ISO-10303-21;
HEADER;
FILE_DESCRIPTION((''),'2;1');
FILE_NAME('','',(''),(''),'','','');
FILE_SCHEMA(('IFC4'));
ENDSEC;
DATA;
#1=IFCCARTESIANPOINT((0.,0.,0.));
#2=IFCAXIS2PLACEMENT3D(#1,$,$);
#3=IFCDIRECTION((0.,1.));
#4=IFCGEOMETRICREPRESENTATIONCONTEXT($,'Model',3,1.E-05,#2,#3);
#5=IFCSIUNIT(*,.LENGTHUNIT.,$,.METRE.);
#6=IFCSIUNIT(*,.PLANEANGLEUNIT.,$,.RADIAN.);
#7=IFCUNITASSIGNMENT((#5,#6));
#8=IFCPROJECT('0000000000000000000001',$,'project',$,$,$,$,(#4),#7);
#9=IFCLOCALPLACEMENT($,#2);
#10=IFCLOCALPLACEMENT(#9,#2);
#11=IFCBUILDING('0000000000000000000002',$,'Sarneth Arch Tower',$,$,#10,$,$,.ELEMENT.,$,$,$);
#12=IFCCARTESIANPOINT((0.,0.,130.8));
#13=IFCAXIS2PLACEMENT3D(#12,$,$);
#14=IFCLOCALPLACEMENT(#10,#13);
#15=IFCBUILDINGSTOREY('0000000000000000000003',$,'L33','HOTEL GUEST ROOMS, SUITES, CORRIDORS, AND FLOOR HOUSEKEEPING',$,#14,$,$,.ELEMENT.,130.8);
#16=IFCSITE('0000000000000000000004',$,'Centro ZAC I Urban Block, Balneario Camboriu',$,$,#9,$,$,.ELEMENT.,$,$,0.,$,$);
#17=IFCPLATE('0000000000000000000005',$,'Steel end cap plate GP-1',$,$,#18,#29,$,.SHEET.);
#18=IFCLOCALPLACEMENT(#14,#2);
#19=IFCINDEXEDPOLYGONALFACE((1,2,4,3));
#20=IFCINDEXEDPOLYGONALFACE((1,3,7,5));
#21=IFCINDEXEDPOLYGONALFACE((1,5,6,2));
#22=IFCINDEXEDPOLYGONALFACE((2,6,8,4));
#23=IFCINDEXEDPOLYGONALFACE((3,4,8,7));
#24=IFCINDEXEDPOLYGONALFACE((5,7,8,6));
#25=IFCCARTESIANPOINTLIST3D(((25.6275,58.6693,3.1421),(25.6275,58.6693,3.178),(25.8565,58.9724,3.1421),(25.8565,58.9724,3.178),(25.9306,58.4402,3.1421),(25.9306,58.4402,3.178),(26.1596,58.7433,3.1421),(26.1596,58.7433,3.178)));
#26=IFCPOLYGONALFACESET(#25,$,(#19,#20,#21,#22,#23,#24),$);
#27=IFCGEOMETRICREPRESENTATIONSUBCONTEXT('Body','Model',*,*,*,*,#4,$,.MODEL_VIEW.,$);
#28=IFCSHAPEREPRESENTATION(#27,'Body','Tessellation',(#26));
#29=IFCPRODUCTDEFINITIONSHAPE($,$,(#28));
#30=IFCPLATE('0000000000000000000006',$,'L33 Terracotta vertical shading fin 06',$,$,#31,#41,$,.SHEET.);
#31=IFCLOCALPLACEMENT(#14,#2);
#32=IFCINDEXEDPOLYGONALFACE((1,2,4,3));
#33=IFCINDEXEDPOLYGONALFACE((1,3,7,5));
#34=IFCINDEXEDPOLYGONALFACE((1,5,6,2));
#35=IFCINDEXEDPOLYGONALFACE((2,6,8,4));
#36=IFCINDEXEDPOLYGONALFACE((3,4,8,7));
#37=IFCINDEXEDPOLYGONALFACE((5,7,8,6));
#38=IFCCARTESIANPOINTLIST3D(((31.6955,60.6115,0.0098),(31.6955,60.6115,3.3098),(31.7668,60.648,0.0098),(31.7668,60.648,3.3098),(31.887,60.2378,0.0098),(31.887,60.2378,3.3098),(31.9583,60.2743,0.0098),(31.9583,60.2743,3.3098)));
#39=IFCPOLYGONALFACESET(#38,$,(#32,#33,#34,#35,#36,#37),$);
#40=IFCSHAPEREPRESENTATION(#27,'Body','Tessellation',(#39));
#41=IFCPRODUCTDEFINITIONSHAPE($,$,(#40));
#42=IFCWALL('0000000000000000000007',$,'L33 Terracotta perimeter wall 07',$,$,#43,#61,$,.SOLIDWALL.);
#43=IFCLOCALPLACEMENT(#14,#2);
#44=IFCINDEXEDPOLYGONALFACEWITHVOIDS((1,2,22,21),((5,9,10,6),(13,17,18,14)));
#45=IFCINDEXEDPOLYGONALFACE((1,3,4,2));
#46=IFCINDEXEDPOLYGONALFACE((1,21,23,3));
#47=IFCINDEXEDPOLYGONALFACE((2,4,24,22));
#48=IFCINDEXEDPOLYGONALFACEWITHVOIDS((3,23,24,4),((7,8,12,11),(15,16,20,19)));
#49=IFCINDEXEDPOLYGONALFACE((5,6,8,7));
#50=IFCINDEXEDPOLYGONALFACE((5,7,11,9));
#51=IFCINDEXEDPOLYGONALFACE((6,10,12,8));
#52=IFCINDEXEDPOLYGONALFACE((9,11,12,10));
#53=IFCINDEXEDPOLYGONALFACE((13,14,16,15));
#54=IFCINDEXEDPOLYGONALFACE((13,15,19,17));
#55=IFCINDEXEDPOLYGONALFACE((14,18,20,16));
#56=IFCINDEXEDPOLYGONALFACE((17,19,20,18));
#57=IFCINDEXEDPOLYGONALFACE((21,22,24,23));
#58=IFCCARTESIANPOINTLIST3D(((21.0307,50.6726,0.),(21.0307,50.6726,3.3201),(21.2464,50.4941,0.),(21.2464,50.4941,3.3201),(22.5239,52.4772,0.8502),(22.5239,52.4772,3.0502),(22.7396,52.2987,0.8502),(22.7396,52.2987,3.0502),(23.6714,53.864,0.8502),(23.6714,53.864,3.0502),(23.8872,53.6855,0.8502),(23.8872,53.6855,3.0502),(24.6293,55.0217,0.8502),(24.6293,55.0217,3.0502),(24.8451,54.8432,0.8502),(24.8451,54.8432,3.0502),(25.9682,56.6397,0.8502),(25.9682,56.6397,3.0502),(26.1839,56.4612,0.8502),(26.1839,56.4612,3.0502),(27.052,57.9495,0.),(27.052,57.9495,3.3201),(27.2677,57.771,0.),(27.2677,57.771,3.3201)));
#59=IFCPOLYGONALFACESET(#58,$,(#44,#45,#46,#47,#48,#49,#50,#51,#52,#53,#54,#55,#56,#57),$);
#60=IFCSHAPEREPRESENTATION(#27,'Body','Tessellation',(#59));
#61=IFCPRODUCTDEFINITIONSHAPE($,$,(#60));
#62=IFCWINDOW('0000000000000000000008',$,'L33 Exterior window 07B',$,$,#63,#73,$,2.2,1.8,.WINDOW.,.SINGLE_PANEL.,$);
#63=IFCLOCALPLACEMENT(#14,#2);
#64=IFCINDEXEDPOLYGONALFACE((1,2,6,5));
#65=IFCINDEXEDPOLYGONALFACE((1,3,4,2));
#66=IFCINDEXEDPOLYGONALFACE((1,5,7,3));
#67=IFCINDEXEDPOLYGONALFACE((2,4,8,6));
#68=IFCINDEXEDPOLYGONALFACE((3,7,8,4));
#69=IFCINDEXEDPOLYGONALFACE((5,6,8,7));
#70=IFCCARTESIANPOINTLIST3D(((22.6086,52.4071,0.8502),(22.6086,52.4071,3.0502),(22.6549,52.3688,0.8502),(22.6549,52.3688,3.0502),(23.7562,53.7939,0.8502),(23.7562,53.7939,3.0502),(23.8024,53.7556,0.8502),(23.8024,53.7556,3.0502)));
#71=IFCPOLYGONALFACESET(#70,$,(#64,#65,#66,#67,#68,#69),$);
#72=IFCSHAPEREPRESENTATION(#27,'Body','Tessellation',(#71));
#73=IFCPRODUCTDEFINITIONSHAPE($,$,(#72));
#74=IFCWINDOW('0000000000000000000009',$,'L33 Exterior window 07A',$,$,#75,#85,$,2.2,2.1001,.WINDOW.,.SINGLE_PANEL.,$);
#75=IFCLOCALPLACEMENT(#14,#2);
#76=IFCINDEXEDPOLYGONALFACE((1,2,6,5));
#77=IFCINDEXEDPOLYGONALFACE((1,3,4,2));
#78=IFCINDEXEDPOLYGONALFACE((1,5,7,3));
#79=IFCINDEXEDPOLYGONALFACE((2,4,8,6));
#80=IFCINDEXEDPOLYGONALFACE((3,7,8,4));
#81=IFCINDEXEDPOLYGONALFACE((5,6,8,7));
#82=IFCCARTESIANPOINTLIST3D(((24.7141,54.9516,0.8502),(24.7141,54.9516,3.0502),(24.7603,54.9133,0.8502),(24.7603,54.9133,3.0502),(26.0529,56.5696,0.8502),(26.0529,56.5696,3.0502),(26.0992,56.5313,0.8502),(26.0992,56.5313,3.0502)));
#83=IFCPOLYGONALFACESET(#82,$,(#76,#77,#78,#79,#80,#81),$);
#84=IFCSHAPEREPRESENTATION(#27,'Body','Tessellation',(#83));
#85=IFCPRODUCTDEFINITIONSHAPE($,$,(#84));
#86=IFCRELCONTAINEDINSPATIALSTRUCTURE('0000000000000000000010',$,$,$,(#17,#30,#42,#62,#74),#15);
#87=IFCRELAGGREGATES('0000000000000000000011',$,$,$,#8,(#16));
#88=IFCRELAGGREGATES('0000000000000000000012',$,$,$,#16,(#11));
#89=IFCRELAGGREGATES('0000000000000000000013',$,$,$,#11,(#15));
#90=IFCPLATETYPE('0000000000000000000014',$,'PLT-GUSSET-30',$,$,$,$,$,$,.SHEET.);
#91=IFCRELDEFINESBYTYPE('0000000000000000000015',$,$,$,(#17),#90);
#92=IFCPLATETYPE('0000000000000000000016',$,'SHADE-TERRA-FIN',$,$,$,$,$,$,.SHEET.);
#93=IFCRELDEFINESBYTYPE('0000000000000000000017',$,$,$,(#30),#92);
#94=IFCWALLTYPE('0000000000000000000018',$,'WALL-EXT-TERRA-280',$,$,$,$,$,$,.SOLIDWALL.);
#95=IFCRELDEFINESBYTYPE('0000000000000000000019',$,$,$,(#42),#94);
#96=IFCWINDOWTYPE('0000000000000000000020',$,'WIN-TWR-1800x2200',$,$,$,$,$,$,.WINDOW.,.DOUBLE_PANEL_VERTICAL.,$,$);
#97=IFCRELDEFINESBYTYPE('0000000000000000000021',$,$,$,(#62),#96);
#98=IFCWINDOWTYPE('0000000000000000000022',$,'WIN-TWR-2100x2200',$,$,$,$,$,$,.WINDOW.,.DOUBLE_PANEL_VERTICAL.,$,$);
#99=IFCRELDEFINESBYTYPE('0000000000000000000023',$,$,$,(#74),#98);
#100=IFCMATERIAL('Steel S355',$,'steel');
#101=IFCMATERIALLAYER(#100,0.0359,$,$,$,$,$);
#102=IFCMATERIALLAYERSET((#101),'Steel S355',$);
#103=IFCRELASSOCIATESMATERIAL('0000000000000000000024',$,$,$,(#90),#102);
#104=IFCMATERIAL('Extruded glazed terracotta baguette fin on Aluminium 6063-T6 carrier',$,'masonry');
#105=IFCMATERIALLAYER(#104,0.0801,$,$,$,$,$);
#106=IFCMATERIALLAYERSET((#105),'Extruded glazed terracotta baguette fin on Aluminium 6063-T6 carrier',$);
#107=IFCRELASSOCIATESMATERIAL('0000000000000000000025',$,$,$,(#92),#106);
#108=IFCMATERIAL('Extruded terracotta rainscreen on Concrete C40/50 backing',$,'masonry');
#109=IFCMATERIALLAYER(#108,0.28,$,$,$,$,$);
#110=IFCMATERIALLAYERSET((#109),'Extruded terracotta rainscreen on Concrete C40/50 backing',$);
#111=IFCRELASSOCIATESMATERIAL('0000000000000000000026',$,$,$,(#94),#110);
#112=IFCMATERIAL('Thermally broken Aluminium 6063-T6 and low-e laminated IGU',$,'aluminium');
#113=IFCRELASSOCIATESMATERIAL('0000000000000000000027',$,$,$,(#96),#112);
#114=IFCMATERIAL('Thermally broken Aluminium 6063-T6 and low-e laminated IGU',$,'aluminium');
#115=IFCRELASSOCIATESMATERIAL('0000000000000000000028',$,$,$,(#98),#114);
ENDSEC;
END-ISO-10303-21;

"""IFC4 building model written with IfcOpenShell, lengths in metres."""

from ifc_helpers import new_model, si_unit, direction, frame, frame_2d, origin, origin_2d, place, context, subcontext, project, spatial, rectangle, extrude, material, layer, layer_set, type_object, element, fill, save


model = new_model("IFC4")

# Units and contexts
model_context = context("Model", 3, precision=1e-05, world=origin(), true_north=direction((0.0, 1.0)))
body_context = subcontext(model_context, "Body", "Model", "MODEL_VIEW")
ifc_project = project(units=[si_unit("LENGTHUNIT", "METRE"), si_unit("PLANEANGLEUNIT", "RADIAN")], contexts=[model_context])

# Site, building, storey
site_placement = place(None, origin())
site = spatial("IfcSite", under=ifc_project, at=site_placement, Name="Centro ZAC I Urban Block, Balneario Camboriu", CompositionType="ELEMENT", RefElevation=0.0)
building_placement = place(site_placement, origin())
building = spatial("IfcBuilding", under=site, at=building_placement, Name="Sarneth Arch Tower", CompositionType="ELEMENT")
storey_placement = place(building_placement, frame((0.0, 0.0, 130.8)))
storey = spatial("IfcBuildingStorey", under=building, at=storey_placement, Name="L33", Description="HOTEL GUEST ROOMS, SUITES, CORRIDORS, AND FLOOR HOUSEKEEPING", CompositionType="ELEMENT", Elevation=130.8)

# Plates
ifc_material_1 = material(Name="Steel S355", Category="steel")
ifc_layer_1 = layer(ifc_material_1, 0.0359)
ifc_layer_set_1 = layer_set([ifc_layer_1], Name="Steel S355")
plate_type_1 = type_object("IfcPlateType", Name="PLT-GUSSET-30", PredefinedType="SHEET", material=ifc_layer_set_1)
plate_1_placement = place(storey_placement, frame((25.8936, 58.7063, 3.1421), z_axis=(0.0, 0.0, 1.0), x_axis=(-0.797794, 0.60293, 0.0)))
element("IfcPlate", 1, at=plate_1_placement, inside=storey, type_object=plate_type_1, Name="Steel end cap plate GP-1", PredefinedType="SHEET", context=body_context, shape_type="SweptSolid", body=[
    extrude(rectangle(XDim=0.3799, YDim=0.3799, at=origin_2d()), origin(), (0.0, 0.0, 1.0), 0.0359),
])
ifc_material_2 = material(Name="Extruded glazed terracotta baguette fin on Aluminium 6063-T6 carrier", Category="masonry")
ifc_layer_2 = layer(ifc_material_2, 0.0801)
ifc_layer_set_2 = layer_set([ifc_layer_2], Name="Extruded glazed terracotta baguette fin on Aluminium 6063-T6 carrier")
plate_type_2 = type_object("IfcPlateType", Name="SHADE-TERRA-FIN", PredefinedType="SHEET", material=ifc_layer_set_2)
plate_2_placement = place(storey_placement, frame((31.8269, 60.4429, 0.0098), z_axis=(0.0, 0.0, 1.0), x_axis=(-0.456011, 0.889974, 0.0)))
element("IfcPlate", 2, at=plate_2_placement, inside=storey, type_object=plate_type_2, Name="L33 Terracotta vertical shading fin 06", PredefinedType="SHEET", context=body_context, shape_type="SweptSolid", body=[
    extrude(rectangle(XDim=0.4199, YDim=0.0801, at=origin_2d()), origin(), (0.0, 0.0, 1.0), 3.3),
])

# Wall, openings, windows
ifc_material_3 = material(Name="Extruded terracotta rainscreen on Concrete C40/50 backing", Category="masonry")
ifc_layer_3 = layer(ifc_material_3, 0.28)
ifc_layer_set_3 = layer_set([ifc_layer_3], Name="Extruded terracotta rainscreen on Concrete C40/50 backing")
wall_type = type_object("IfcWallType", Name="WALL-EXT-TERRA-280", PredefinedType="SOLIDWALL", material=ifc_layer_set_3)
wall_placement = place(storey_placement, frame((27.1599, 57.8604, 0.0), z_axis=(0.0, 0.0, 1.0), x_axis=(-0.637506, -0.770446, 0.0)))
wall = element("IfcWall", 3, at=wall_placement, inside=storey, type_object=wall_type, Name="L33 Terracotta perimeter wall 07", PredefinedType="SOLIDWALL", context=body_context, shape_type="SweptSolid", body=[
    extrude(rectangle(XDim=9.4451, YDim=0.28, at=frame_2d((4.7227, 0.0))), origin(), (0.0, 0.0, 1.0), 3.3201),
])
opening_1_placement = place(wall_placement, frame((1.7002, 0.0, 0.8501)))
opening_1 = element("IfcOpeningElement", 4, at=opening_1_placement, cuts=wall, PredefinedType="OPENING", context=body_context, shape_type="SweptSolid", body=[
    extrude(rectangle(XDim=2.1001, YDim=2.2, at=frame_2d((1.05, 1.1001))), frame((0.0, 0.1499, 0.0), z_axis=(0.0, -1.0, 0.0), x_axis=(1.0, 0.0, 0.0)), (0.0, 0.0, 1.0), 0.3),
])
opening_2_placement = place(wall_placement, frame((5.303, 0.0, 0.8501)))
opening_2 = element("IfcOpeningElement", 5, at=opening_2_placement, cuts=wall, PredefinedType="OPENING", context=body_context, shape_type="SweptSolid", body=[
    extrude(rectangle(XDim=1.8, YDim=2.2, at=frame_2d((0.8999, 1.1001))), frame((0.0, 0.1499, 0.0), z_axis=(0.0, -1.0, 0.0), x_axis=(1.0, 0.0, 0.0)), (0.0, 0.0, 1.0), 0.3),
])
ifc_material_4 = material(Name="Thermally broken Aluminium 6063-T6 and low-e laminated IGU", Category="aluminium")
window_type_1 = type_object("IfcWindowType", Name="WIN-TWR-1800x2200", PartitioningType="DOUBLE_PANEL_VERTICAL", PredefinedType="WINDOW", material=ifc_material_4)
window_1_placement = place(opening_2_placement, origin())
window_1 = element("IfcWindow", 6, at=window_1_placement, inside=storey, type_object=window_type_1, Name="L33 Exterior window 07B", OverallHeight=2.2, OverallWidth=1.8, PartitioningType="SINGLE_PANEL", PredefinedType="WINDOW", context=body_context, shape_type="SweptSolid", body=[
    extrude(rectangle(XDim=1.8, YDim=2.2, at=frame_2d((0.8999, 1.1001))), frame((0.0, 0.03, 0.0), z_axis=(0.0, -1.0, 0.0), x_axis=(1.0, 0.0, 0.0)), (0.0, 0.0, 1.0), 0.0601),
])
fill(opening_2, window_1)
ifc_material_5 = material(Name="Thermally broken Aluminium 6063-T6 and low-e laminated IGU", Category="aluminium")
window_type_2 = type_object("IfcWindowType", Name="WIN-TWR-2100x2200", PartitioningType="DOUBLE_PANEL_VERTICAL", PredefinedType="WINDOW", material=ifc_material_5)
window_2_placement = place(opening_1_placement, origin())
window_2 = element("IfcWindow", 7, at=window_2_placement, inside=storey, type_object=window_type_2, Name="L33 Exterior window 07A", OverallHeight=2.2, OverallWidth=2.1001, PartitioningType="SINGLE_PANEL", PredefinedType="WINDOW", context=body_context, shape_type="SweptSolid", body=[
    extrude(rectangle(XDim=2.1001, YDim=2.2, at=frame_2d((1.05, 1.1001))), frame((0.0, 0.03, 0.0), z_axis=(0.0, -1.0, 0.0), x_axis=(1.0, 0.0, 0.0)), (0.0, 0.0, 1.0), 0.0601),
])
fill(opening_1, window_2)

save(model, "model.ifc")
